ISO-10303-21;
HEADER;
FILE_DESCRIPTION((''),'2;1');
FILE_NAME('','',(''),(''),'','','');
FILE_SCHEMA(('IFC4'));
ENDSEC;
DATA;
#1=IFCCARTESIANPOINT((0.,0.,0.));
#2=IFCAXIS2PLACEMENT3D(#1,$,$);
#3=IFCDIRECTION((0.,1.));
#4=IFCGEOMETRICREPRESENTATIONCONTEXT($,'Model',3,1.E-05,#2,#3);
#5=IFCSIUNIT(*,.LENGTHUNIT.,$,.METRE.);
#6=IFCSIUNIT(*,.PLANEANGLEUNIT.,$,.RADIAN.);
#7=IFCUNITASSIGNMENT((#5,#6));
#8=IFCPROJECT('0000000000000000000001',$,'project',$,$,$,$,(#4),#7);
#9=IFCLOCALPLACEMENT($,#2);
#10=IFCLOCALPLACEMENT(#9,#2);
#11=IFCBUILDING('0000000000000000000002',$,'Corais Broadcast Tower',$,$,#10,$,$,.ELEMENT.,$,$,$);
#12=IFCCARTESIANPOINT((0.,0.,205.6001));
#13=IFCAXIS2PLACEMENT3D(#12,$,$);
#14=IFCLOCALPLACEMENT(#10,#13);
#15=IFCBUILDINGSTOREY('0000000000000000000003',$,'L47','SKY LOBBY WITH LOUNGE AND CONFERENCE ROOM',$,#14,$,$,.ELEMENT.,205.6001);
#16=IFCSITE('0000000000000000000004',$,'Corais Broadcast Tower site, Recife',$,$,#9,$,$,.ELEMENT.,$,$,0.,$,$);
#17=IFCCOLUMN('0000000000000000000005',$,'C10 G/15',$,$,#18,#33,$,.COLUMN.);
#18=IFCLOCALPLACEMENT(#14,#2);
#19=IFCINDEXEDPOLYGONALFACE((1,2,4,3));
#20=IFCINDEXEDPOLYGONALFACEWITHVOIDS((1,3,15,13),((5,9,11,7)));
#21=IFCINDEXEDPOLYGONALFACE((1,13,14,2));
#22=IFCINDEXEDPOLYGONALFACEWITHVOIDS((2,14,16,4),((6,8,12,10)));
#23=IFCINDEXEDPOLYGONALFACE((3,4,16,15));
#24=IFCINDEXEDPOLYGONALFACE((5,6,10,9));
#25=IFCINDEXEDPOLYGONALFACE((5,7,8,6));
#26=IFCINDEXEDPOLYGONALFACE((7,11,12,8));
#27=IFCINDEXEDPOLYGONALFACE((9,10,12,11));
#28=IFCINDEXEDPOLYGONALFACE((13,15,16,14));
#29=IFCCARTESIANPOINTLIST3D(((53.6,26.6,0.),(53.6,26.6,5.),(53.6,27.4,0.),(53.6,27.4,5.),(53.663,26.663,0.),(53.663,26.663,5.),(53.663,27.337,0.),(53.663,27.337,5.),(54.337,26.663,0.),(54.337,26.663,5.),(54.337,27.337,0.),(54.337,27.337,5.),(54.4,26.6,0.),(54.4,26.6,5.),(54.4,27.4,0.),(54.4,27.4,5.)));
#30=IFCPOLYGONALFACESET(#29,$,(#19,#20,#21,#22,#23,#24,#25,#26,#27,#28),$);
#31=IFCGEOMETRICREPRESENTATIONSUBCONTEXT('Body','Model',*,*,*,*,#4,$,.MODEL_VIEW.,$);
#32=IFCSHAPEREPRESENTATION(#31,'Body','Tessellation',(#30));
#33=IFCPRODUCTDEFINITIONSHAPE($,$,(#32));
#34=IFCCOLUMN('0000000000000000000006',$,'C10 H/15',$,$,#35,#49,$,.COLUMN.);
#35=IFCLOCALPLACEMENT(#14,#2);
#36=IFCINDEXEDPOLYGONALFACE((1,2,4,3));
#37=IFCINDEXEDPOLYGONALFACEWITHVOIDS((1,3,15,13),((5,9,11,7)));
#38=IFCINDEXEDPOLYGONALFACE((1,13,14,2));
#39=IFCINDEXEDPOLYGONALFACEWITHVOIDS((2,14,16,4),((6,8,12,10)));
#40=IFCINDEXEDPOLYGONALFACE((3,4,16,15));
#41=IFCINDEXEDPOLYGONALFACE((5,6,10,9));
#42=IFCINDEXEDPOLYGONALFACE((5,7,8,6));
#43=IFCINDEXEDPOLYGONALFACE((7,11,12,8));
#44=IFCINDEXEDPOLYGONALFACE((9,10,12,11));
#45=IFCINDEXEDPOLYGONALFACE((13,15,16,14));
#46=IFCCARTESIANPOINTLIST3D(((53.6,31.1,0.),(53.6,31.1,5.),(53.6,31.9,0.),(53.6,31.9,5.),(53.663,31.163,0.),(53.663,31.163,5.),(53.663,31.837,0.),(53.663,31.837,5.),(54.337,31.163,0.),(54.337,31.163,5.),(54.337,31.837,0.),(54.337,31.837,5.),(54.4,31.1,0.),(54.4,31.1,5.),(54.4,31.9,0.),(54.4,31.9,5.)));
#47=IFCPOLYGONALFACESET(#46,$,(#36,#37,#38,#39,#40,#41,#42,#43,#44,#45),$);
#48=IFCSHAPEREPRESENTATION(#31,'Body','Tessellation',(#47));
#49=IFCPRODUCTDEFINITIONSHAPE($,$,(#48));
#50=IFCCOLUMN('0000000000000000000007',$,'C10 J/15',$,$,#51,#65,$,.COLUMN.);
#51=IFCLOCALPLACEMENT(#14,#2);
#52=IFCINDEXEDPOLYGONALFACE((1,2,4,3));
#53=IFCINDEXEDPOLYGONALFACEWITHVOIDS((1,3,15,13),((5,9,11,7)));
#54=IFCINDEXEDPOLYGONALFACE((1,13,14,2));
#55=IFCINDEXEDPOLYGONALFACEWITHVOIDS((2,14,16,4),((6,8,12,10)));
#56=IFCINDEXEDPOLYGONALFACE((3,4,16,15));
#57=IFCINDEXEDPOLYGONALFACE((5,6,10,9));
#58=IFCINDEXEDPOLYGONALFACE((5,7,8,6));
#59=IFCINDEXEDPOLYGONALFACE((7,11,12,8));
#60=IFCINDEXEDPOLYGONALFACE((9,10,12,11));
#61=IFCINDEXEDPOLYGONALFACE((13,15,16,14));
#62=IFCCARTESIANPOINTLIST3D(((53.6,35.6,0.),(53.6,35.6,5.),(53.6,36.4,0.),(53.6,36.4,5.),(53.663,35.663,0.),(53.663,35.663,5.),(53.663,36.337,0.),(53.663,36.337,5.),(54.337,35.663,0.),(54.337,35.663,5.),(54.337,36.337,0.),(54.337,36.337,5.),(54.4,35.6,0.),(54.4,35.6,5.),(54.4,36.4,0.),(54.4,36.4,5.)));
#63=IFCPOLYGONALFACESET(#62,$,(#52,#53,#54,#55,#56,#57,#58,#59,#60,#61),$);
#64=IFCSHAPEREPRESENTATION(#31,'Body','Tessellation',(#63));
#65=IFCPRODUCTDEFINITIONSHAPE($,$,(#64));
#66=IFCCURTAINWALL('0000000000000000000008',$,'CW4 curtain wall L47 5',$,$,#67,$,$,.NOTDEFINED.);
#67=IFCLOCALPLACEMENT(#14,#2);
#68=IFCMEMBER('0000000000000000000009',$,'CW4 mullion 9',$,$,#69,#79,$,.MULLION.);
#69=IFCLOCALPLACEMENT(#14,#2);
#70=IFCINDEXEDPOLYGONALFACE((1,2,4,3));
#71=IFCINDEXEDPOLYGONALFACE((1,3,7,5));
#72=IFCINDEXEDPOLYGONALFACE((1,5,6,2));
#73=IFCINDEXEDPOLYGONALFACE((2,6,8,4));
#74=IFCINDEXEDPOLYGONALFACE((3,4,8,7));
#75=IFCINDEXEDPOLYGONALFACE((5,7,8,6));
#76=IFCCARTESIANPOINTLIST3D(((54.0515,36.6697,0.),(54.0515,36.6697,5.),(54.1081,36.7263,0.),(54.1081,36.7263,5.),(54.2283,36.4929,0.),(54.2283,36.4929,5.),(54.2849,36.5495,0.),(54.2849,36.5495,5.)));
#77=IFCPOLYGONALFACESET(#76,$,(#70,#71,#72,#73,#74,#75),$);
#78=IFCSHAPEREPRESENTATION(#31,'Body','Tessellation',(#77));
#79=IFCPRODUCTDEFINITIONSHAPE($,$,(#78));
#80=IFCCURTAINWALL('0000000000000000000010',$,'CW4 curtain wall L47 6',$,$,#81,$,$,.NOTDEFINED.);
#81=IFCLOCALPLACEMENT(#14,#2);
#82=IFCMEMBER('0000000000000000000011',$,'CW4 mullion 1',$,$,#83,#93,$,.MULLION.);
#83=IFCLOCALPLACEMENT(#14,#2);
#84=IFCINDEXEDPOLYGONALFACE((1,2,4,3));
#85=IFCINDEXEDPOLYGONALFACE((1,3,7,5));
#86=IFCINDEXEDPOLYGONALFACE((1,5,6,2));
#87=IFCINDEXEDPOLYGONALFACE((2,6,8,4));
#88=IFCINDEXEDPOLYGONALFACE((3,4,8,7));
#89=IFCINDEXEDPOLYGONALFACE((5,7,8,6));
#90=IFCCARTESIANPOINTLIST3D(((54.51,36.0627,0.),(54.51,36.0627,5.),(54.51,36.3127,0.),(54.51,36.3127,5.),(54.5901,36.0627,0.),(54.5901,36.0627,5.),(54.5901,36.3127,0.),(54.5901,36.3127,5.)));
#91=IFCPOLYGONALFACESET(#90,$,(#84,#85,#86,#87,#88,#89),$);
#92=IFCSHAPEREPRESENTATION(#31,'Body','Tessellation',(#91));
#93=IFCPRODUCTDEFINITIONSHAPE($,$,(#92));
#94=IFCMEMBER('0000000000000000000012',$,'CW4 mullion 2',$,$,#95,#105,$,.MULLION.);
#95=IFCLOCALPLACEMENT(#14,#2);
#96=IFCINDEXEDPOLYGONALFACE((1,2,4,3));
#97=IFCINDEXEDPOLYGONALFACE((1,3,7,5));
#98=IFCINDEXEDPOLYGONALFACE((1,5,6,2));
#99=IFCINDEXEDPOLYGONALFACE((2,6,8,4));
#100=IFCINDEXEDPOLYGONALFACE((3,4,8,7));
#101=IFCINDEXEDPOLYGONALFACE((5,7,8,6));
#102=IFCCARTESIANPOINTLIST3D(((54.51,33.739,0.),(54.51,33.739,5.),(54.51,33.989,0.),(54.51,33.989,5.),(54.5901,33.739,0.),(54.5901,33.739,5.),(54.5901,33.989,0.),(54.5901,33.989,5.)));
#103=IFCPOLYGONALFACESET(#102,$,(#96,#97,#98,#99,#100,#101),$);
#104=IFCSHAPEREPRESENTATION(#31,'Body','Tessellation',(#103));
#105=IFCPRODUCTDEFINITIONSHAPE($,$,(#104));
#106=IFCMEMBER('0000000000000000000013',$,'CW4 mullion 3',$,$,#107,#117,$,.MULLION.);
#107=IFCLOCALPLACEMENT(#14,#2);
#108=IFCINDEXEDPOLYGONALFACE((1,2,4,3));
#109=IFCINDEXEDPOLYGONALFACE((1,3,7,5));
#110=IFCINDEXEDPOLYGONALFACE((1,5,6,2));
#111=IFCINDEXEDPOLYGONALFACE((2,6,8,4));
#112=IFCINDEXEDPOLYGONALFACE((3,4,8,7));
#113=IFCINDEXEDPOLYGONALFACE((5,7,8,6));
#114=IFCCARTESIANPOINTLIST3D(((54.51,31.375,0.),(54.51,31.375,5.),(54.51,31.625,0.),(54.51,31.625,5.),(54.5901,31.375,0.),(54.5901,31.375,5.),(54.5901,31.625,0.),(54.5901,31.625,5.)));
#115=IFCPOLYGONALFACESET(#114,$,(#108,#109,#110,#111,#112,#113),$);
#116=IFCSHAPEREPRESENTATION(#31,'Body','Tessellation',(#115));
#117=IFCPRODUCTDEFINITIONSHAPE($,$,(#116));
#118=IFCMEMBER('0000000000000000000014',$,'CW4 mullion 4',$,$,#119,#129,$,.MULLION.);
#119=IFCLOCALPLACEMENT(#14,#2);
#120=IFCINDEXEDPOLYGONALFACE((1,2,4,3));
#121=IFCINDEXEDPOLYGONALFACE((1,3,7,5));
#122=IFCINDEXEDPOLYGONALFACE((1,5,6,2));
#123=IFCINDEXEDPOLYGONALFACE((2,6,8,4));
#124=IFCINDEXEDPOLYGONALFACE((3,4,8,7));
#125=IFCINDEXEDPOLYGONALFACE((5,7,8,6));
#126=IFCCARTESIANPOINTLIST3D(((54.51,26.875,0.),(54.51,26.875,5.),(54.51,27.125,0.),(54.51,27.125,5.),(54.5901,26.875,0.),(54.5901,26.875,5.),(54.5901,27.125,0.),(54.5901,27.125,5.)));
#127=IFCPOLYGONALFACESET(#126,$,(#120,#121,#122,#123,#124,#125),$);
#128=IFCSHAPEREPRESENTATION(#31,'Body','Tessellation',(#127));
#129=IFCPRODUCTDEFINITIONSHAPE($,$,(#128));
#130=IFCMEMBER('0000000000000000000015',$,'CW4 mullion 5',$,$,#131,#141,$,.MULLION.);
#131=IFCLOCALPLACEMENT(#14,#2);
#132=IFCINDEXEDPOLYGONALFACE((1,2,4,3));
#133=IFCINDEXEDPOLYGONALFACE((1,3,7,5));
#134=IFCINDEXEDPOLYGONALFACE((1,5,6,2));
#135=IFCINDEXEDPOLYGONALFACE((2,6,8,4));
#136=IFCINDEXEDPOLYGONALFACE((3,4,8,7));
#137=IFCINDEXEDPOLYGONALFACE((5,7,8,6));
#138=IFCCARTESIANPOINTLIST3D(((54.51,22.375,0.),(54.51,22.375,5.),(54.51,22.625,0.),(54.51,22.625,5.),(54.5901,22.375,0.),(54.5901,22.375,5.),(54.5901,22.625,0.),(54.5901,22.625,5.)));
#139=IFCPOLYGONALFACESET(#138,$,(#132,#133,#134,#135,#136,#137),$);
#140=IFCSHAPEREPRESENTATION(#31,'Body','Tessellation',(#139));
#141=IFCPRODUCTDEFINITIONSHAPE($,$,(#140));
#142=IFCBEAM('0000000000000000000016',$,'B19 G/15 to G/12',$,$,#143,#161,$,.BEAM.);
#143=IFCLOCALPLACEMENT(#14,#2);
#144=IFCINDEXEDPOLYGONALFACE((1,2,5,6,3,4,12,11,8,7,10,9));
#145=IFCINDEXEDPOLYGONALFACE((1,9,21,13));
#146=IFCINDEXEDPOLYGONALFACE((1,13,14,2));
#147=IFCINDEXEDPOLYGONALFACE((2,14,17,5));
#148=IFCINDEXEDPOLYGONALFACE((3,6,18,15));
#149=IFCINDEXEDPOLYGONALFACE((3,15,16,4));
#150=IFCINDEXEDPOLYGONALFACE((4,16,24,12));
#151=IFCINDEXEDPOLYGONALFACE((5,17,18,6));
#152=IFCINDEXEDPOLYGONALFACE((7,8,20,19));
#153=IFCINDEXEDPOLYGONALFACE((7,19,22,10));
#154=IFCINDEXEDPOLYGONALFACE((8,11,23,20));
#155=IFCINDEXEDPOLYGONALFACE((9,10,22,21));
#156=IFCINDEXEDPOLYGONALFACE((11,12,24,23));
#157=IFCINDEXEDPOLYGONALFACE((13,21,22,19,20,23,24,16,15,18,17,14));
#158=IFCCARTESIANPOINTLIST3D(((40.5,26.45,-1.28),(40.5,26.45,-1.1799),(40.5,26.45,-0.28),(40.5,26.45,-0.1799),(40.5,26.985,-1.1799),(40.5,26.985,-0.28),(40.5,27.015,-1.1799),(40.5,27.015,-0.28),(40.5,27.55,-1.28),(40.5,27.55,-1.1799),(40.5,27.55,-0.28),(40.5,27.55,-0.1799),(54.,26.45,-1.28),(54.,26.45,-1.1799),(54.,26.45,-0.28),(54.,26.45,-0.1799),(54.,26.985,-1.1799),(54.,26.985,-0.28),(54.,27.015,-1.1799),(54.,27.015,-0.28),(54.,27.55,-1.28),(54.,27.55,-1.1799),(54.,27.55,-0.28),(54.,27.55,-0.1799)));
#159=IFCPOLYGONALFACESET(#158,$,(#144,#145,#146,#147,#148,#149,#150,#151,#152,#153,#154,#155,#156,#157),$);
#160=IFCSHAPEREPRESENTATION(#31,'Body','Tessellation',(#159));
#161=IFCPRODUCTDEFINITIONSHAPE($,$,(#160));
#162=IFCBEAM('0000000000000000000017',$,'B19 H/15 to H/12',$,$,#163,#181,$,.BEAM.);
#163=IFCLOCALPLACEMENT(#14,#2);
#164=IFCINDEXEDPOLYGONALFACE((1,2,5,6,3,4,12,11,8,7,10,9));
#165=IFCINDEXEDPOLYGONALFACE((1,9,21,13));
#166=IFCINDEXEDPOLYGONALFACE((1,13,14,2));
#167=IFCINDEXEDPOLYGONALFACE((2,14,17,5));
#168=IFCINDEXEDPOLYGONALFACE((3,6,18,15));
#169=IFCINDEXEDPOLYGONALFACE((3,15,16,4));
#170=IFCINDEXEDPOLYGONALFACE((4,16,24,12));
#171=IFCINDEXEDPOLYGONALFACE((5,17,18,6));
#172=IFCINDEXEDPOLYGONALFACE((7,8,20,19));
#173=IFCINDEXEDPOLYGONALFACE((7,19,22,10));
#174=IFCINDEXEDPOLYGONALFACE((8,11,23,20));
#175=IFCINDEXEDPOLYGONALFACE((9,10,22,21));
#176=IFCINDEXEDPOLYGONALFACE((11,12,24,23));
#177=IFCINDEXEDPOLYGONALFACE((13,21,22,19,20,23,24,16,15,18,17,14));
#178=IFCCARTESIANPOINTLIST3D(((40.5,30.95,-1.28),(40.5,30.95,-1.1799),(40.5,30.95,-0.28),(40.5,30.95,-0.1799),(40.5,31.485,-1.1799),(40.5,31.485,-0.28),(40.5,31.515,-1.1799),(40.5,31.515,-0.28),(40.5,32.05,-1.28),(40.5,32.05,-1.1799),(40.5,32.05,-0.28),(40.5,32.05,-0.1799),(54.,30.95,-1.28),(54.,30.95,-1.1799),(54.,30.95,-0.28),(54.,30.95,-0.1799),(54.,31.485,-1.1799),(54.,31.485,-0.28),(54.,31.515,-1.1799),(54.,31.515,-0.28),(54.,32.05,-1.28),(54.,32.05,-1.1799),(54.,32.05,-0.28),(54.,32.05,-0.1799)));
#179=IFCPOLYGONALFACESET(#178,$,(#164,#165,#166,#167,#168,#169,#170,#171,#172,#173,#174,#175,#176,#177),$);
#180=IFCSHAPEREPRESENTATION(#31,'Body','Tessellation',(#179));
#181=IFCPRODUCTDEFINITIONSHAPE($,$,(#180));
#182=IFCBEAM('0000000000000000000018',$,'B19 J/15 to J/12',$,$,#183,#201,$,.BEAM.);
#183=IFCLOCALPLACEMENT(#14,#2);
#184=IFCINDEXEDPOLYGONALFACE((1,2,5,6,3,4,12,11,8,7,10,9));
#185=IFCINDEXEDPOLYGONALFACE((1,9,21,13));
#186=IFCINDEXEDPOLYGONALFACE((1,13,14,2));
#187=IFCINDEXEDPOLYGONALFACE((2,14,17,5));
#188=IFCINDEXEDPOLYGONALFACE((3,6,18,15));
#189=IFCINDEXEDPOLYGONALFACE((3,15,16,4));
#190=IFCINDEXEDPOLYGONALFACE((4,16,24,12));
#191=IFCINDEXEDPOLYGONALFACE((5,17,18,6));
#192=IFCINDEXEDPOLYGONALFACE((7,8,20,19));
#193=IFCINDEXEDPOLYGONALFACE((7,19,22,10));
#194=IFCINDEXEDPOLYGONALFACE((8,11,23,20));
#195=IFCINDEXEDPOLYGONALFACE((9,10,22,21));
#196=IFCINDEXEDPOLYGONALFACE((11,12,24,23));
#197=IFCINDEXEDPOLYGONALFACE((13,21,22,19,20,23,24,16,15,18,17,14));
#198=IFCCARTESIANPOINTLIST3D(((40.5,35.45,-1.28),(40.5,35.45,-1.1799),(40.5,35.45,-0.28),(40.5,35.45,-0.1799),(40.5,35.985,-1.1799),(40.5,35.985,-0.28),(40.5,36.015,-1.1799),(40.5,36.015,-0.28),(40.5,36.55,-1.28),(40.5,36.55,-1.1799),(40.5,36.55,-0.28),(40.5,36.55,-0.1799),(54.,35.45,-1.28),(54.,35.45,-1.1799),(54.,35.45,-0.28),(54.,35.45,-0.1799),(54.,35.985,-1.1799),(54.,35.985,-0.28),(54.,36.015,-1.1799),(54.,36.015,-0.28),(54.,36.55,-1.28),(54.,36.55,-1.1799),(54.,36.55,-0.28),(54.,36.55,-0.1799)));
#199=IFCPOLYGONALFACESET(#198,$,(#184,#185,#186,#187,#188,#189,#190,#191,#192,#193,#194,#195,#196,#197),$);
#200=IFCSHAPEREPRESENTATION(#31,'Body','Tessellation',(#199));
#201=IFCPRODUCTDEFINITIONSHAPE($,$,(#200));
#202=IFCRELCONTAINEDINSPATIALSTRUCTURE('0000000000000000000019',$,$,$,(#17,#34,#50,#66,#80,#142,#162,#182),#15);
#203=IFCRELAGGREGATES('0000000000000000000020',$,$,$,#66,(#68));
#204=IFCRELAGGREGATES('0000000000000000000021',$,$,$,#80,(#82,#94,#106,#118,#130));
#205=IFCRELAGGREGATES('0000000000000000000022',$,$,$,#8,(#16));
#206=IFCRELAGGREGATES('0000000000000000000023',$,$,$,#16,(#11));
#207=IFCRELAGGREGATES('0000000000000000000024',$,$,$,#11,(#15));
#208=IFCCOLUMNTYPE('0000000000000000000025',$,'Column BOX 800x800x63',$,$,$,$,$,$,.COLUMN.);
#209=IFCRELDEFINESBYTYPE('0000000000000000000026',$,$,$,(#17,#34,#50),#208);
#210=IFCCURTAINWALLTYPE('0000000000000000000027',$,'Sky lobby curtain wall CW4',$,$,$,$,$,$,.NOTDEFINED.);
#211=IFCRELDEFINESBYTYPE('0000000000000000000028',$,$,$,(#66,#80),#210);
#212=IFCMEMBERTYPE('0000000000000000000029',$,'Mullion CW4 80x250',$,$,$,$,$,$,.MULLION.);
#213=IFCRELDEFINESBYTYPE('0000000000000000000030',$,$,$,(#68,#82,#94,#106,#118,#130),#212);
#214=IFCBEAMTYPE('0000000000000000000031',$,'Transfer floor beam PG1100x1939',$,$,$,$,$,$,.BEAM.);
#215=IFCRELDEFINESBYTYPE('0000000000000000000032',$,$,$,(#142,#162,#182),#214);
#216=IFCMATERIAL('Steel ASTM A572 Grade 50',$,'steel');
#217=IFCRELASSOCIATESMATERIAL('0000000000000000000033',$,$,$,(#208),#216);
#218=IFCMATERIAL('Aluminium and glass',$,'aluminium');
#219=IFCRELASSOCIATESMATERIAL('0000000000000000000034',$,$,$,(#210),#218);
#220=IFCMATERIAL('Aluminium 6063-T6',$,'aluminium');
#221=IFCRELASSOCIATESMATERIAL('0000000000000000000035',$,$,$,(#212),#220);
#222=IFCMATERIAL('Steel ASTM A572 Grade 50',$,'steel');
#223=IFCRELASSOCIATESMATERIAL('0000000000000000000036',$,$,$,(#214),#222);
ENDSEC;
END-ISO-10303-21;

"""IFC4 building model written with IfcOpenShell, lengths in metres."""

from ifc_helpers import new_model, si_unit, direction, frame, origin, origin_2d, place, context, subcontext, project, spatial, rectangle, hollow_rectangle, i_section, extrude, material, material_profile, profile_set, type_object, element, aggregate, save


model = new_model("IFC4")

# Units and contexts
model_context = context("Model", 3, precision=1e-05, world=origin(), true_north=direction((0.0, 1.0)))
body_context = subcontext(model_context, "Body", "Model", "MODEL_VIEW")
ifc_project = project(units=[si_unit("LENGTHUNIT", "METRE"), si_unit("PLANEANGLEUNIT", "RADIAN")], contexts=[model_context])

# Site, building, storey
site_placement = place(None, origin())
site = spatial("IfcSite", under=ifc_project, at=site_placement, Name="Corais Broadcast Tower site, Recife", CompositionType="ELEMENT", RefElevation=0.0)
building_placement = place(site_placement, origin())
building = spatial("IfcBuilding", under=site, at=building_placement, Name="Corais Broadcast Tower", CompositionType="ELEMENT")
storey_placement = place(building_placement, frame((0.0, 0.0, 205.6001)))
storey = spatial("IfcBuildingStorey", under=building, at=storey_placement, Name="L47", Description="SKY LOBBY WITH LOUNGE AND CONFERENCE ROOM", CompositionType="ELEMENT", Elevation=205.6001)

# Columns
ifc_material_1 = material(Name="Steel ASTM A572 Grade 50", Category="steel")
ifc_material_profile_1 = material_profile(ifc_material_1, hollow_rectangle(XDim=0.8, YDim=0.8, WallThickness=0.063, at=origin_2d()), Name="BOX 800x800x63")
ifc_profile_set_1 = profile_set([ifc_material_profile_1], Name="Steel ASTM A572 Grade 50")
column_type = type_object("IfcColumnType", Name="Column BOX 800x800x63", PredefinedType="COLUMN", material=ifc_profile_set_1)
for number, where, z_axis, x_axis, name in (
    (1, (54.0, 27.0, 0.0), (0.0, 0.0, 1.0), (1.0, 0.0, 0.0), "C10 G/15"),
    (2, (54.0, 31.5, 0.0), (0.0, 0.0, 1.0), (1.0, 0.0, 0.0), "C10 H/15"),
    (3, (54.0, 36.0, 0.0), (0.0, 0.0, 1.0), (1.0, 0.0, 0.0), "C10 J/15"),
):
    element("IfcColumn", number, at=place(storey_placement, frame(where, z_axis=z_axis, x_axis=x_axis)), inside=storey, type_object=column_type, Name=name, PredefinedType="COLUMN", context=body_context, shape_type="SweptSolid", body=[
        extrude(hollow_rectangle(XDim=0.8, YDim=0.8, WallThickness=0.063, at=origin_2d()), origin(), (0.0, 0.0, 1.0), 5.0),
    ])

# Curtain wall, member
ifc_material_2 = material(Name="Aluminium and glass", Category="aluminium")
curtain_wall_type = type_object("IfcCurtainWallType", Name="Sky lobby curtain wall CW4", PredefinedType="NOTDEFINED", material=ifc_material_2)
curtain_wall_1_placement = place(storey_placement, origin())
curtain_wall_1 = element("IfcCurtainWall", 4, at=curtain_wall_1_placement, inside=storey, type_object=curtain_wall_type, Name="CW4 curtain wall L47 5", PredefinedType="NOTDEFINED")
ifc_material_3 = material(Name="Aluminium 6063-T6", Category="aluminium")
ifc_material_profile_2 = material_profile(ifc_material_3, rectangle(XDim=0.0801, YDim=0.25, at=origin_2d()), Name="Mullion CW4 80x250")
ifc_profile_set_2 = profile_set([ifc_material_profile_2], Name="Aluminium 6063-T6")
member_type_1 = type_object("IfcMemberType", Name="Mullion CW4 80x250", PredefinedType="MULLION", material=ifc_profile_set_2)
member_1_placement = place(storey_placement, frame((54.1682, 36.6096, 0.0), z_axis=(0.0, 0.0, 1.0), x_axis=(0.707107, 0.707107, 0.0)))
member_1 = element("IfcMember", 5, at=member_1_placement, type_object=member_type_1, Name="CW4 mullion 9", PredefinedType="MULLION", context=body_context, shape_type="SweptSolid", body=[
    extrude(rectangle(XDim=0.0801, YDim=0.25, at=origin_2d()), origin(), (0.0, 0.0, 1.0), 5.0),
])

# Curtain wall, members
curtain_wall_2_placement = place(storey_placement, origin())
curtain_wall_2 = element("IfcCurtainWall", 6, at=curtain_wall_2_placement, inside=storey, type_object=curtain_wall_type, Name="CW4 curtain wall L47 6", PredefinedType="NOTDEFINED")
member_2_placement = place(storey_placement, frame((54.55, 36.1877, 0.0), z_axis=(0.0, 0.0, 1.0), x_axis=(1.0, 0.0, 0.0)))
member_2 = element("IfcMember", 7, at=member_2_placement, type_object=member_type_1, Name="CW4 mullion 1", PredefinedType="MULLION", context=body_context, shape_type="SweptSolid", body=[
    extrude(rectangle(XDim=0.0801, YDim=0.25, at=origin_2d()), origin(), (0.0, 0.0, 1.0), 5.0),
])
member_3_placement = place(storey_placement, frame((54.55, 33.864, 0.0), z_axis=(0.0, 0.0, 1.0), x_axis=(1.0, 0.0, 0.0)))
member_3 = element("IfcMember", 8, at=member_3_placement, type_object=member_type_1, Name="CW4 mullion 2", PredefinedType="MULLION", context=body_context, shape_type="SweptSolid", body=[
    extrude(rectangle(XDim=0.0801, YDim=0.25, at=origin_2d()), origin(), (0.0, 0.0, 1.0), 5.0),
])
member_4_placement = place(storey_placement, frame((54.55, 31.5, 0.0), z_axis=(0.0, 0.0, 1.0), x_axis=(1.0, 0.0, 0.0)))
member_4 = element("IfcMember", 9, at=member_4_placement, type_object=member_type_1, Name="CW4 mullion 3", PredefinedType="MULLION", context=body_context, shape_type="SweptSolid", body=[
    extrude(rectangle(XDim=0.0801, YDim=0.25, at=origin_2d()), origin(), (0.0, 0.0, 1.0), 5.0),
])
member_5_placement = place(storey_placement, frame((54.55, 27.0, 0.0), z_axis=(0.0, 0.0, 1.0), x_axis=(1.0, 0.0, 0.0)))
member_5 = element("IfcMember", 10, at=member_5_placement, type_object=member_type_1, Name="CW4 mullion 4", PredefinedType="MULLION", context=body_context, shape_type="SweptSolid", body=[
    extrude(rectangle(XDim=0.0801, YDim=0.25, at=origin_2d()), origin(), (0.0, 0.0, 1.0), 5.0),
])
member_6_placement = place(storey_placement, frame((54.55, 22.5, 0.0), z_axis=(0.0, 0.0, 1.0), x_axis=(1.0, 0.0, 0.0)))
member_6 = element("IfcMember", 11, at=member_6_placement, type_object=member_type_1, Name="CW4 mullion 5", PredefinedType="MULLION", context=body_context, shape_type="SweptSolid", body=[
    extrude(rectangle(XDim=0.0801, YDim=0.25, at=origin_2d()), origin(), (0.0, 0.0, 1.0), 5.0),
])

# Beams
ifc_material_4 = material(Name="Steel ASTM A572 Grade 50", Category="steel")
ifc_material_profile_3 = material_profile(ifc_material_4, i_section(OverallWidth=1.1001, OverallDepth=1.1001, WebThickness=0.03, FlangeThickness=0.1001, at=origin_2d()), Name="PG1100x1939")
ifc_profile_set_3 = profile_set([ifc_material_profile_3], Name="Steel ASTM A572 Grade 50")
beam_type_1 = type_object("IfcBeamType", Name="Transfer floor beam PG1100x1939", PredefinedType="BEAM", material=ifc_profile_set_3)
for number, where, z_axis, x_axis, name in (
    (12, (54.0, 27.0, -0.73), (-1.0, 0.0, 0.0), (0.0, -1.0, 0.0), "B19 G/15 to G/12"),
    (13, (54.0, 31.5, -0.73), (-1.0, 0.0, 0.0), (0.0, -1.0, 0.0), "B19 H/15 to H/12"),
    (14, (54.0, 36.0, -0.73), (-1.0, 0.0, 0.0), (0.0, -1.0, 0.0), "B19 J/15 to J/12"),
):
    element("IfcBeam", number, at=place(storey_placement, frame(where, z_axis=z_axis, x_axis=x_axis)), inside=storey, type_object=beam_type_1, Name=name, PredefinedType="BEAM", context=body_context, shape_type="SweptSolid", body=[
        extrude(i_section(OverallWidth=1.1001, OverallDepth=1.1001, WebThickness=0.03, FlangeThickness=0.1001, at=origin_2d()), origin(), (0.0, 0.0, 1.0), 13.5),
    ])

aggregate(curtain_wall_1, [member_1])
aggregate(curtain_wall_2, [member_2, member_3, member_4, member_5, member_6])

save(model, "model.ifc")
